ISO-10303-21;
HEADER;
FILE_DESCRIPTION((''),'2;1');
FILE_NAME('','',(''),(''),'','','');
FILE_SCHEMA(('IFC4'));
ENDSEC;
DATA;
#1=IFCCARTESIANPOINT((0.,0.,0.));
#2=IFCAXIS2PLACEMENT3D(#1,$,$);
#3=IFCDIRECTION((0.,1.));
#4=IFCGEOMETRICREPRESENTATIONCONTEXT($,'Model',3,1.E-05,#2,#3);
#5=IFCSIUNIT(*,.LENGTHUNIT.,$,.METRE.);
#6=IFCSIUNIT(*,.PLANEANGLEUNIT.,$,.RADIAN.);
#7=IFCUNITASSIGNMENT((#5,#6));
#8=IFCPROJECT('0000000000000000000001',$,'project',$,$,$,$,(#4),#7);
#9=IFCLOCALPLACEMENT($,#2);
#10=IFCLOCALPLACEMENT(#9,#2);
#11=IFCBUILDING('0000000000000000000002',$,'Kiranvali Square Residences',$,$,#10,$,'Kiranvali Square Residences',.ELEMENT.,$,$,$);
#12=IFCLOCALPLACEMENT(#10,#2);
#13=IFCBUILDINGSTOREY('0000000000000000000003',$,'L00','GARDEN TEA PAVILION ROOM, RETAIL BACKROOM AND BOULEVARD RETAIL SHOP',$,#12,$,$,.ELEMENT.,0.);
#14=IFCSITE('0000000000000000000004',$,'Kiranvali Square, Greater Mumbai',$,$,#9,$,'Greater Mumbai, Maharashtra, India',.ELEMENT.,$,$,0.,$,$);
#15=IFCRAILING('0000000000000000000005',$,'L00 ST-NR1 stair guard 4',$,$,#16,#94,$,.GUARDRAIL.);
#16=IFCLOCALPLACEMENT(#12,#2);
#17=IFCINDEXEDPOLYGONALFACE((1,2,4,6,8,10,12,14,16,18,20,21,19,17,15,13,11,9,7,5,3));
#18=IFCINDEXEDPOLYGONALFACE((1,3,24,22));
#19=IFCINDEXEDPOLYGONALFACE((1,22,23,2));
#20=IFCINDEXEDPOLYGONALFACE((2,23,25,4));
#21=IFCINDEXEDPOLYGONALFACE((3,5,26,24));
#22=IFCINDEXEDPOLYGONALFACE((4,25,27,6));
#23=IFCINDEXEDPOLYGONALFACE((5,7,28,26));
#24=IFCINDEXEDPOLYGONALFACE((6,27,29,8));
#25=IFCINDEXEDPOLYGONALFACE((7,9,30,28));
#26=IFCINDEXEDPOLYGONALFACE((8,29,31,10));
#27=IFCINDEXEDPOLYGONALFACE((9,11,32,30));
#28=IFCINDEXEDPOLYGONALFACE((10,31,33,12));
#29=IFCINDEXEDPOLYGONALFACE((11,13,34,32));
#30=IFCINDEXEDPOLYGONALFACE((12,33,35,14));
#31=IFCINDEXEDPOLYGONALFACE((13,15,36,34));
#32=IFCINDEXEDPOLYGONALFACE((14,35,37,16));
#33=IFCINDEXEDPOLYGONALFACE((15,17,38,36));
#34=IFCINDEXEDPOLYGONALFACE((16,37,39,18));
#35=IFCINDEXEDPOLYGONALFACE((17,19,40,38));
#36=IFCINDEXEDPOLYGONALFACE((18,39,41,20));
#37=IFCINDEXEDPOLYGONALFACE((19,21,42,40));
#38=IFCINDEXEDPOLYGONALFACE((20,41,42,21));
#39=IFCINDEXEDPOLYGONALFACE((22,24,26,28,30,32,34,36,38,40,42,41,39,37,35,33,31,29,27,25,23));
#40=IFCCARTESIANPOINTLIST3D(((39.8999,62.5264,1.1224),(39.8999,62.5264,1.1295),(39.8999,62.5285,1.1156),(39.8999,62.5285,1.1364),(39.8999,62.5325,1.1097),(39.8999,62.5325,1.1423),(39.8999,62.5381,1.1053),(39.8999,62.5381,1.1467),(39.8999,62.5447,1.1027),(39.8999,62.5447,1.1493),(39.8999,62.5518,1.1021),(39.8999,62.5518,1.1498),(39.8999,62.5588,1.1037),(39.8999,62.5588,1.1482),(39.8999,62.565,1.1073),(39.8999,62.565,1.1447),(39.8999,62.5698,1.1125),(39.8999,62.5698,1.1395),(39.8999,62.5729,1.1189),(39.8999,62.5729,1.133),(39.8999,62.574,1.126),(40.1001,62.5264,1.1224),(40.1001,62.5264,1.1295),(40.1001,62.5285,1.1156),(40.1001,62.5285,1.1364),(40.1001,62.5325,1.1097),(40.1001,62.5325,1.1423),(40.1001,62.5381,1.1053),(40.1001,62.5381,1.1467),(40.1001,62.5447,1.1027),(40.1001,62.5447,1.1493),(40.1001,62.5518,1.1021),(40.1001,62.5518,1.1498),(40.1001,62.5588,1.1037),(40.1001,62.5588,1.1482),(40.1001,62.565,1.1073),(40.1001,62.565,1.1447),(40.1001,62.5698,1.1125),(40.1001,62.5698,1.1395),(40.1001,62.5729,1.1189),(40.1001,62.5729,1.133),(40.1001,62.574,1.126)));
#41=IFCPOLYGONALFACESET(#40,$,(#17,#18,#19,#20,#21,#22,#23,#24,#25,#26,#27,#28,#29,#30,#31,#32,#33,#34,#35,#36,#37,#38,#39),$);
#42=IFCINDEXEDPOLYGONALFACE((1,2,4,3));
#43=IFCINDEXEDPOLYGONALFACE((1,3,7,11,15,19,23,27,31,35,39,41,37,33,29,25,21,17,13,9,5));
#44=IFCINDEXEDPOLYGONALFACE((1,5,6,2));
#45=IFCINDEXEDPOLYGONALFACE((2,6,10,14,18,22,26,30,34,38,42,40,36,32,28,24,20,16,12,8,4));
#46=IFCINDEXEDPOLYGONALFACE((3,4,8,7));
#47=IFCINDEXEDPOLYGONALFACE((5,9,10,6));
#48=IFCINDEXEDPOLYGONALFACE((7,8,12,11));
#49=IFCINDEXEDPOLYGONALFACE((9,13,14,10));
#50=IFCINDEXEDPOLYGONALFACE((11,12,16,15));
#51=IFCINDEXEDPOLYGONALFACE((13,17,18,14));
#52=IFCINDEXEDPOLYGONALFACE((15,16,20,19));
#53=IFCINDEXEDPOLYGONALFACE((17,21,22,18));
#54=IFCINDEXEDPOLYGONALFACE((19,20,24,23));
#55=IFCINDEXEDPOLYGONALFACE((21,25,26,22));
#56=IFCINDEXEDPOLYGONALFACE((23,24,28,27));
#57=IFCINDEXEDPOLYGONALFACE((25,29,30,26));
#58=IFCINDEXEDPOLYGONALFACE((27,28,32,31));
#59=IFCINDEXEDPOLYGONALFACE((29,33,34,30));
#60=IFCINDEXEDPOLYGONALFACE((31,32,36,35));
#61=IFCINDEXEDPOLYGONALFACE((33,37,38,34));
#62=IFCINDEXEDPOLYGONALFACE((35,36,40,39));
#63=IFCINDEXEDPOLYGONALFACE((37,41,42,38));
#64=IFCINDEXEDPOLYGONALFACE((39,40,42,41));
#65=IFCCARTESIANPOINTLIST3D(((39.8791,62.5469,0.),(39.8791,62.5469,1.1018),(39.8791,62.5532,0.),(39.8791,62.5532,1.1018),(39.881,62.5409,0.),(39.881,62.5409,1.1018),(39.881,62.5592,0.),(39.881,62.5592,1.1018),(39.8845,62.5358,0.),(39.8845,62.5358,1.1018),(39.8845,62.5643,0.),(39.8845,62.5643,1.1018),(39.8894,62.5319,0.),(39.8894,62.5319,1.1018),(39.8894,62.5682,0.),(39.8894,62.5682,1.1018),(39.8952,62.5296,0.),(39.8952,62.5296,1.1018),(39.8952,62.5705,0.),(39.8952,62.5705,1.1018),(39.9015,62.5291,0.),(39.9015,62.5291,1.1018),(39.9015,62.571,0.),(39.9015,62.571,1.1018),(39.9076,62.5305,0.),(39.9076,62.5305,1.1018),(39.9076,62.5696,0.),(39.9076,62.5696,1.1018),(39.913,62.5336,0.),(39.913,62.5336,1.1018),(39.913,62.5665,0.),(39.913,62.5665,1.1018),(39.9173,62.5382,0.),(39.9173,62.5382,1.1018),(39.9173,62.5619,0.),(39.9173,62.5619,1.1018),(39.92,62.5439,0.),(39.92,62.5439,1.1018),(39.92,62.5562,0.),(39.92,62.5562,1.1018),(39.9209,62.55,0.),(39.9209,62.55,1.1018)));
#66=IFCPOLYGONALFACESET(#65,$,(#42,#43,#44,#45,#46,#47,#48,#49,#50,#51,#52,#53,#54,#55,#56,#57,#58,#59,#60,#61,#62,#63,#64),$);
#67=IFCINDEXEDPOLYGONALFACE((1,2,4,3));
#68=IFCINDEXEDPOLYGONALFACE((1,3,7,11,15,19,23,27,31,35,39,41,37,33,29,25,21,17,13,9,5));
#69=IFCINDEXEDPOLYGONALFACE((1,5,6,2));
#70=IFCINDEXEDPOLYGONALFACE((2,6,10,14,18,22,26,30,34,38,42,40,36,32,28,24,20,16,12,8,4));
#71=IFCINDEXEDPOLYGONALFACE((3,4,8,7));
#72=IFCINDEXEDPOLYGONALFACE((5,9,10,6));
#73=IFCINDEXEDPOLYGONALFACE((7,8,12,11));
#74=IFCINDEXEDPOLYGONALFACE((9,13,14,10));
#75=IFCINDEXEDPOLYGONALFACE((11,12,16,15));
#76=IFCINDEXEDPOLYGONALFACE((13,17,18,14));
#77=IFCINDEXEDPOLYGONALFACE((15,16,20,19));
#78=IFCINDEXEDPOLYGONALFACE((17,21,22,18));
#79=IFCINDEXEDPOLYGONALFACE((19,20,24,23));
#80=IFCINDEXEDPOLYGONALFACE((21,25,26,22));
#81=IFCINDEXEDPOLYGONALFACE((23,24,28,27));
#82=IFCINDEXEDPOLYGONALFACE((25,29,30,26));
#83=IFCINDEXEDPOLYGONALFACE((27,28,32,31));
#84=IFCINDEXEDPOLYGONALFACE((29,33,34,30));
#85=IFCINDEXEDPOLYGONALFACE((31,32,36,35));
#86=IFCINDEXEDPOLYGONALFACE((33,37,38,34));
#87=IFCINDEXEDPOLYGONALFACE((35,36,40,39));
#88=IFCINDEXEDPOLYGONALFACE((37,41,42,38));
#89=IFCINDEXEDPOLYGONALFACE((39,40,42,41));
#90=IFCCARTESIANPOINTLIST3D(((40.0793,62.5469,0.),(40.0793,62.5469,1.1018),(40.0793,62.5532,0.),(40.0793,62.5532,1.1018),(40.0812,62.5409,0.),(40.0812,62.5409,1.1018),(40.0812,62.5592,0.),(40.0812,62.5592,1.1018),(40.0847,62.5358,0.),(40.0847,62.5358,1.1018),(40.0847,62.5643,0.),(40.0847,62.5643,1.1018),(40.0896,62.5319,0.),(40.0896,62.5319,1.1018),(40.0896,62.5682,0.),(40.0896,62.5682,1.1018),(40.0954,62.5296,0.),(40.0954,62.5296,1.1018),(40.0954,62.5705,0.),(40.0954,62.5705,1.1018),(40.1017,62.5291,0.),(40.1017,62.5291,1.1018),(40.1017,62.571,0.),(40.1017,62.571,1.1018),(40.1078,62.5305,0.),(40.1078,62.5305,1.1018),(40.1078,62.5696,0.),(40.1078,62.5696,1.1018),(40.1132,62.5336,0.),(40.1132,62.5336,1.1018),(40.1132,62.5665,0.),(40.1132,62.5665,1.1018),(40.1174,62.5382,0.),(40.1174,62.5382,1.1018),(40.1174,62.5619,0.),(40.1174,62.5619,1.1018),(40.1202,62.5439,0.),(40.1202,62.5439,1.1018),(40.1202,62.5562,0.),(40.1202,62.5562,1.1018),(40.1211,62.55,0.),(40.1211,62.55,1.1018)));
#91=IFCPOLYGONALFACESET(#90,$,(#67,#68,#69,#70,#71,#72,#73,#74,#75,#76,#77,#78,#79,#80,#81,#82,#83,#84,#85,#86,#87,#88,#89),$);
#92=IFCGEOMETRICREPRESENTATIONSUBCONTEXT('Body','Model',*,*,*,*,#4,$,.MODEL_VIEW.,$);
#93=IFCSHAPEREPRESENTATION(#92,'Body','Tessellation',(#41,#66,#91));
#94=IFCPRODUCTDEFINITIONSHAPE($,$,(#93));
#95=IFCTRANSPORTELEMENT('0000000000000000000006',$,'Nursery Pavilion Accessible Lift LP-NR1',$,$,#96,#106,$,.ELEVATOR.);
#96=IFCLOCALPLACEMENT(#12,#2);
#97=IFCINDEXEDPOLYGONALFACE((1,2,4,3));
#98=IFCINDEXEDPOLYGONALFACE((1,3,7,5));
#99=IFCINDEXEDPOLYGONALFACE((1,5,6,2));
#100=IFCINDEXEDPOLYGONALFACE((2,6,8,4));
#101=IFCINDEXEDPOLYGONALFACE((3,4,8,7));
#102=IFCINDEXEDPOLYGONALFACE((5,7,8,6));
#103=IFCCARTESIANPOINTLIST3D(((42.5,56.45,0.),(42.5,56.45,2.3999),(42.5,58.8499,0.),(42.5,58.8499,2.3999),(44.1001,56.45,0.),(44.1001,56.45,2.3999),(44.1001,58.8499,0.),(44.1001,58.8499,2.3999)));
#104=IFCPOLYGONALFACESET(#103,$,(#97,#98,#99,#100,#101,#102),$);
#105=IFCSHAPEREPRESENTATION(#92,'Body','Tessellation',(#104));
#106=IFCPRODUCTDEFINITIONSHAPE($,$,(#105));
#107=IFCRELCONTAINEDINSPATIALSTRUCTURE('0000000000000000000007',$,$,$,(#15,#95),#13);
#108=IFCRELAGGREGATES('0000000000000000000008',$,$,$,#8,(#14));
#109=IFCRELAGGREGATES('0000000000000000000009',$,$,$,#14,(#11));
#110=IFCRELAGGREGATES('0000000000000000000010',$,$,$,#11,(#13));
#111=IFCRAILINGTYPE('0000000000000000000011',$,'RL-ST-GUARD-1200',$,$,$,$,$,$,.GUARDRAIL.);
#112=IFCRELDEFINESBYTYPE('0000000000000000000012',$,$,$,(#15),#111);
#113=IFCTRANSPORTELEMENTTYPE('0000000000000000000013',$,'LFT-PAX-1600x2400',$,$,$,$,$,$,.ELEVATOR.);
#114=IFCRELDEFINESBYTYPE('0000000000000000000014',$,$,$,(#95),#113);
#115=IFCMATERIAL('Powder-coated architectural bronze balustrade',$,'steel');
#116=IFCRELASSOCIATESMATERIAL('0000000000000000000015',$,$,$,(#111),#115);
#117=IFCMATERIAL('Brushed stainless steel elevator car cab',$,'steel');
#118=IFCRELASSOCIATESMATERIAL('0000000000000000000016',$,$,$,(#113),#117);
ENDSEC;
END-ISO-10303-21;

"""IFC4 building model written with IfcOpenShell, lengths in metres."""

from ifc_helpers import new_model, si_unit, direction, frame, origin, origin_2d, place, context, subcontext, project, spatial, rectangle, circle, extrude, material, type_object, element, save


model = new_model("IFC4")

# Units and contexts
model_context = context("Model", 3, precision=1e-05, world=origin(), true_north=direction((0.0, 1.0)))
body_context = subcontext(model_context, "Body", "Model", "MODEL_VIEW")
ifc_project = project(units=[si_unit("LENGTHUNIT", "METRE"), si_unit("PLANEANGLEUNIT", "RADIAN")], contexts=[model_context])

# Site, building, storey
site_placement = place(None, origin())
site = spatial("IfcSite", under=ifc_project, at=site_placement, Name="Kiranvali Square, Greater Mumbai", LongName="Greater Mumbai, Maharashtra, India", CompositionType="ELEMENT", RefElevation=0.0)
building_placement = place(site_placement, origin())
building = spatial("IfcBuilding", under=site, at=building_placement, Name="Kiranvali Square Residences", LongName="Kiranvali Square Residences", CompositionType="ELEMENT")
storey_placement = place(building_placement, origin())
storey = spatial("IfcBuildingStorey", under=building, at=storey_placement, Name="L00", Description="GARDEN TEA PAVILION ROOM, RETAIL BACKROOM AND BOULEVARD RETAIL SHOP", CompositionType="ELEMENT", Elevation=0.0)

# Railing
ifc_material_1 = material(Name="Powder-coated architectural bronze balustrade", Category="steel")
railing_type_1 = type_object("IfcRailingType", Name="RL-ST-GUARD-1200", PredefinedType="GUARDRAIL", material=ifc_material_1)
railing_1_placement = place(storey_placement, frame((39.8999, 62.55, 0.0)))
element("IfcRailing", 1, at=railing_1_placement, inside=storey, type_object=railing_type_1, Name="L00 ST-NR1 stair guard 4", PredefinedType="GUARDRAIL", context=body_context, shape_type="SweptSolid", body=[
    extrude(circle(Radius=0.0239, at=origin_2d()), frame((0.0, 0.0, 1.126), z_axis=(1.0, 0.0, 0.0), x_axis=(0.0, 1.0, 0.0)), (0.0, 0.0, 1.0), 0.2002),
    extrude(circle(Radius=0.021, at=origin_2d()), origin(), (0.0, 0.0, 1.0), 1.1018),
    extrude(circle(Radius=0.021, at=origin_2d()), frame((0.2002, 0.0, 0.0)), (0.0, 0.0, 1.0), 1.1018),
])

# Transport element
ifc_material_2 = material(Name="Brushed stainless steel elevator car cab", Category="steel")
transport_element_type = type_object("IfcTransportElementType", Name="LFT-PAX-1600x2400", PredefinedType="ELEVATOR", material=ifc_material_2)
transport_element_placement = place(storey_placement, frame((43.3, 57.6499, 0.0), z_axis=(0.0, 0.0, 1.0), x_axis=(1.0, 0.0, 0.0)))
element("IfcTransportElement", 2, at=transport_element_placement, inside=storey, type_object=transport_element_type, Name="Nursery Pavilion Accessible Lift LP-NR1", PredefinedType="ELEVATOR", context=body_context, shape_type="SweptSolid", body=[
    extrude(rectangle(XDim=1.6001, YDim=2.3999, at=origin_2d()), origin(), (0.0, 0.0, 1.0), 2.3999),
])

save(model, "model.ifc")
